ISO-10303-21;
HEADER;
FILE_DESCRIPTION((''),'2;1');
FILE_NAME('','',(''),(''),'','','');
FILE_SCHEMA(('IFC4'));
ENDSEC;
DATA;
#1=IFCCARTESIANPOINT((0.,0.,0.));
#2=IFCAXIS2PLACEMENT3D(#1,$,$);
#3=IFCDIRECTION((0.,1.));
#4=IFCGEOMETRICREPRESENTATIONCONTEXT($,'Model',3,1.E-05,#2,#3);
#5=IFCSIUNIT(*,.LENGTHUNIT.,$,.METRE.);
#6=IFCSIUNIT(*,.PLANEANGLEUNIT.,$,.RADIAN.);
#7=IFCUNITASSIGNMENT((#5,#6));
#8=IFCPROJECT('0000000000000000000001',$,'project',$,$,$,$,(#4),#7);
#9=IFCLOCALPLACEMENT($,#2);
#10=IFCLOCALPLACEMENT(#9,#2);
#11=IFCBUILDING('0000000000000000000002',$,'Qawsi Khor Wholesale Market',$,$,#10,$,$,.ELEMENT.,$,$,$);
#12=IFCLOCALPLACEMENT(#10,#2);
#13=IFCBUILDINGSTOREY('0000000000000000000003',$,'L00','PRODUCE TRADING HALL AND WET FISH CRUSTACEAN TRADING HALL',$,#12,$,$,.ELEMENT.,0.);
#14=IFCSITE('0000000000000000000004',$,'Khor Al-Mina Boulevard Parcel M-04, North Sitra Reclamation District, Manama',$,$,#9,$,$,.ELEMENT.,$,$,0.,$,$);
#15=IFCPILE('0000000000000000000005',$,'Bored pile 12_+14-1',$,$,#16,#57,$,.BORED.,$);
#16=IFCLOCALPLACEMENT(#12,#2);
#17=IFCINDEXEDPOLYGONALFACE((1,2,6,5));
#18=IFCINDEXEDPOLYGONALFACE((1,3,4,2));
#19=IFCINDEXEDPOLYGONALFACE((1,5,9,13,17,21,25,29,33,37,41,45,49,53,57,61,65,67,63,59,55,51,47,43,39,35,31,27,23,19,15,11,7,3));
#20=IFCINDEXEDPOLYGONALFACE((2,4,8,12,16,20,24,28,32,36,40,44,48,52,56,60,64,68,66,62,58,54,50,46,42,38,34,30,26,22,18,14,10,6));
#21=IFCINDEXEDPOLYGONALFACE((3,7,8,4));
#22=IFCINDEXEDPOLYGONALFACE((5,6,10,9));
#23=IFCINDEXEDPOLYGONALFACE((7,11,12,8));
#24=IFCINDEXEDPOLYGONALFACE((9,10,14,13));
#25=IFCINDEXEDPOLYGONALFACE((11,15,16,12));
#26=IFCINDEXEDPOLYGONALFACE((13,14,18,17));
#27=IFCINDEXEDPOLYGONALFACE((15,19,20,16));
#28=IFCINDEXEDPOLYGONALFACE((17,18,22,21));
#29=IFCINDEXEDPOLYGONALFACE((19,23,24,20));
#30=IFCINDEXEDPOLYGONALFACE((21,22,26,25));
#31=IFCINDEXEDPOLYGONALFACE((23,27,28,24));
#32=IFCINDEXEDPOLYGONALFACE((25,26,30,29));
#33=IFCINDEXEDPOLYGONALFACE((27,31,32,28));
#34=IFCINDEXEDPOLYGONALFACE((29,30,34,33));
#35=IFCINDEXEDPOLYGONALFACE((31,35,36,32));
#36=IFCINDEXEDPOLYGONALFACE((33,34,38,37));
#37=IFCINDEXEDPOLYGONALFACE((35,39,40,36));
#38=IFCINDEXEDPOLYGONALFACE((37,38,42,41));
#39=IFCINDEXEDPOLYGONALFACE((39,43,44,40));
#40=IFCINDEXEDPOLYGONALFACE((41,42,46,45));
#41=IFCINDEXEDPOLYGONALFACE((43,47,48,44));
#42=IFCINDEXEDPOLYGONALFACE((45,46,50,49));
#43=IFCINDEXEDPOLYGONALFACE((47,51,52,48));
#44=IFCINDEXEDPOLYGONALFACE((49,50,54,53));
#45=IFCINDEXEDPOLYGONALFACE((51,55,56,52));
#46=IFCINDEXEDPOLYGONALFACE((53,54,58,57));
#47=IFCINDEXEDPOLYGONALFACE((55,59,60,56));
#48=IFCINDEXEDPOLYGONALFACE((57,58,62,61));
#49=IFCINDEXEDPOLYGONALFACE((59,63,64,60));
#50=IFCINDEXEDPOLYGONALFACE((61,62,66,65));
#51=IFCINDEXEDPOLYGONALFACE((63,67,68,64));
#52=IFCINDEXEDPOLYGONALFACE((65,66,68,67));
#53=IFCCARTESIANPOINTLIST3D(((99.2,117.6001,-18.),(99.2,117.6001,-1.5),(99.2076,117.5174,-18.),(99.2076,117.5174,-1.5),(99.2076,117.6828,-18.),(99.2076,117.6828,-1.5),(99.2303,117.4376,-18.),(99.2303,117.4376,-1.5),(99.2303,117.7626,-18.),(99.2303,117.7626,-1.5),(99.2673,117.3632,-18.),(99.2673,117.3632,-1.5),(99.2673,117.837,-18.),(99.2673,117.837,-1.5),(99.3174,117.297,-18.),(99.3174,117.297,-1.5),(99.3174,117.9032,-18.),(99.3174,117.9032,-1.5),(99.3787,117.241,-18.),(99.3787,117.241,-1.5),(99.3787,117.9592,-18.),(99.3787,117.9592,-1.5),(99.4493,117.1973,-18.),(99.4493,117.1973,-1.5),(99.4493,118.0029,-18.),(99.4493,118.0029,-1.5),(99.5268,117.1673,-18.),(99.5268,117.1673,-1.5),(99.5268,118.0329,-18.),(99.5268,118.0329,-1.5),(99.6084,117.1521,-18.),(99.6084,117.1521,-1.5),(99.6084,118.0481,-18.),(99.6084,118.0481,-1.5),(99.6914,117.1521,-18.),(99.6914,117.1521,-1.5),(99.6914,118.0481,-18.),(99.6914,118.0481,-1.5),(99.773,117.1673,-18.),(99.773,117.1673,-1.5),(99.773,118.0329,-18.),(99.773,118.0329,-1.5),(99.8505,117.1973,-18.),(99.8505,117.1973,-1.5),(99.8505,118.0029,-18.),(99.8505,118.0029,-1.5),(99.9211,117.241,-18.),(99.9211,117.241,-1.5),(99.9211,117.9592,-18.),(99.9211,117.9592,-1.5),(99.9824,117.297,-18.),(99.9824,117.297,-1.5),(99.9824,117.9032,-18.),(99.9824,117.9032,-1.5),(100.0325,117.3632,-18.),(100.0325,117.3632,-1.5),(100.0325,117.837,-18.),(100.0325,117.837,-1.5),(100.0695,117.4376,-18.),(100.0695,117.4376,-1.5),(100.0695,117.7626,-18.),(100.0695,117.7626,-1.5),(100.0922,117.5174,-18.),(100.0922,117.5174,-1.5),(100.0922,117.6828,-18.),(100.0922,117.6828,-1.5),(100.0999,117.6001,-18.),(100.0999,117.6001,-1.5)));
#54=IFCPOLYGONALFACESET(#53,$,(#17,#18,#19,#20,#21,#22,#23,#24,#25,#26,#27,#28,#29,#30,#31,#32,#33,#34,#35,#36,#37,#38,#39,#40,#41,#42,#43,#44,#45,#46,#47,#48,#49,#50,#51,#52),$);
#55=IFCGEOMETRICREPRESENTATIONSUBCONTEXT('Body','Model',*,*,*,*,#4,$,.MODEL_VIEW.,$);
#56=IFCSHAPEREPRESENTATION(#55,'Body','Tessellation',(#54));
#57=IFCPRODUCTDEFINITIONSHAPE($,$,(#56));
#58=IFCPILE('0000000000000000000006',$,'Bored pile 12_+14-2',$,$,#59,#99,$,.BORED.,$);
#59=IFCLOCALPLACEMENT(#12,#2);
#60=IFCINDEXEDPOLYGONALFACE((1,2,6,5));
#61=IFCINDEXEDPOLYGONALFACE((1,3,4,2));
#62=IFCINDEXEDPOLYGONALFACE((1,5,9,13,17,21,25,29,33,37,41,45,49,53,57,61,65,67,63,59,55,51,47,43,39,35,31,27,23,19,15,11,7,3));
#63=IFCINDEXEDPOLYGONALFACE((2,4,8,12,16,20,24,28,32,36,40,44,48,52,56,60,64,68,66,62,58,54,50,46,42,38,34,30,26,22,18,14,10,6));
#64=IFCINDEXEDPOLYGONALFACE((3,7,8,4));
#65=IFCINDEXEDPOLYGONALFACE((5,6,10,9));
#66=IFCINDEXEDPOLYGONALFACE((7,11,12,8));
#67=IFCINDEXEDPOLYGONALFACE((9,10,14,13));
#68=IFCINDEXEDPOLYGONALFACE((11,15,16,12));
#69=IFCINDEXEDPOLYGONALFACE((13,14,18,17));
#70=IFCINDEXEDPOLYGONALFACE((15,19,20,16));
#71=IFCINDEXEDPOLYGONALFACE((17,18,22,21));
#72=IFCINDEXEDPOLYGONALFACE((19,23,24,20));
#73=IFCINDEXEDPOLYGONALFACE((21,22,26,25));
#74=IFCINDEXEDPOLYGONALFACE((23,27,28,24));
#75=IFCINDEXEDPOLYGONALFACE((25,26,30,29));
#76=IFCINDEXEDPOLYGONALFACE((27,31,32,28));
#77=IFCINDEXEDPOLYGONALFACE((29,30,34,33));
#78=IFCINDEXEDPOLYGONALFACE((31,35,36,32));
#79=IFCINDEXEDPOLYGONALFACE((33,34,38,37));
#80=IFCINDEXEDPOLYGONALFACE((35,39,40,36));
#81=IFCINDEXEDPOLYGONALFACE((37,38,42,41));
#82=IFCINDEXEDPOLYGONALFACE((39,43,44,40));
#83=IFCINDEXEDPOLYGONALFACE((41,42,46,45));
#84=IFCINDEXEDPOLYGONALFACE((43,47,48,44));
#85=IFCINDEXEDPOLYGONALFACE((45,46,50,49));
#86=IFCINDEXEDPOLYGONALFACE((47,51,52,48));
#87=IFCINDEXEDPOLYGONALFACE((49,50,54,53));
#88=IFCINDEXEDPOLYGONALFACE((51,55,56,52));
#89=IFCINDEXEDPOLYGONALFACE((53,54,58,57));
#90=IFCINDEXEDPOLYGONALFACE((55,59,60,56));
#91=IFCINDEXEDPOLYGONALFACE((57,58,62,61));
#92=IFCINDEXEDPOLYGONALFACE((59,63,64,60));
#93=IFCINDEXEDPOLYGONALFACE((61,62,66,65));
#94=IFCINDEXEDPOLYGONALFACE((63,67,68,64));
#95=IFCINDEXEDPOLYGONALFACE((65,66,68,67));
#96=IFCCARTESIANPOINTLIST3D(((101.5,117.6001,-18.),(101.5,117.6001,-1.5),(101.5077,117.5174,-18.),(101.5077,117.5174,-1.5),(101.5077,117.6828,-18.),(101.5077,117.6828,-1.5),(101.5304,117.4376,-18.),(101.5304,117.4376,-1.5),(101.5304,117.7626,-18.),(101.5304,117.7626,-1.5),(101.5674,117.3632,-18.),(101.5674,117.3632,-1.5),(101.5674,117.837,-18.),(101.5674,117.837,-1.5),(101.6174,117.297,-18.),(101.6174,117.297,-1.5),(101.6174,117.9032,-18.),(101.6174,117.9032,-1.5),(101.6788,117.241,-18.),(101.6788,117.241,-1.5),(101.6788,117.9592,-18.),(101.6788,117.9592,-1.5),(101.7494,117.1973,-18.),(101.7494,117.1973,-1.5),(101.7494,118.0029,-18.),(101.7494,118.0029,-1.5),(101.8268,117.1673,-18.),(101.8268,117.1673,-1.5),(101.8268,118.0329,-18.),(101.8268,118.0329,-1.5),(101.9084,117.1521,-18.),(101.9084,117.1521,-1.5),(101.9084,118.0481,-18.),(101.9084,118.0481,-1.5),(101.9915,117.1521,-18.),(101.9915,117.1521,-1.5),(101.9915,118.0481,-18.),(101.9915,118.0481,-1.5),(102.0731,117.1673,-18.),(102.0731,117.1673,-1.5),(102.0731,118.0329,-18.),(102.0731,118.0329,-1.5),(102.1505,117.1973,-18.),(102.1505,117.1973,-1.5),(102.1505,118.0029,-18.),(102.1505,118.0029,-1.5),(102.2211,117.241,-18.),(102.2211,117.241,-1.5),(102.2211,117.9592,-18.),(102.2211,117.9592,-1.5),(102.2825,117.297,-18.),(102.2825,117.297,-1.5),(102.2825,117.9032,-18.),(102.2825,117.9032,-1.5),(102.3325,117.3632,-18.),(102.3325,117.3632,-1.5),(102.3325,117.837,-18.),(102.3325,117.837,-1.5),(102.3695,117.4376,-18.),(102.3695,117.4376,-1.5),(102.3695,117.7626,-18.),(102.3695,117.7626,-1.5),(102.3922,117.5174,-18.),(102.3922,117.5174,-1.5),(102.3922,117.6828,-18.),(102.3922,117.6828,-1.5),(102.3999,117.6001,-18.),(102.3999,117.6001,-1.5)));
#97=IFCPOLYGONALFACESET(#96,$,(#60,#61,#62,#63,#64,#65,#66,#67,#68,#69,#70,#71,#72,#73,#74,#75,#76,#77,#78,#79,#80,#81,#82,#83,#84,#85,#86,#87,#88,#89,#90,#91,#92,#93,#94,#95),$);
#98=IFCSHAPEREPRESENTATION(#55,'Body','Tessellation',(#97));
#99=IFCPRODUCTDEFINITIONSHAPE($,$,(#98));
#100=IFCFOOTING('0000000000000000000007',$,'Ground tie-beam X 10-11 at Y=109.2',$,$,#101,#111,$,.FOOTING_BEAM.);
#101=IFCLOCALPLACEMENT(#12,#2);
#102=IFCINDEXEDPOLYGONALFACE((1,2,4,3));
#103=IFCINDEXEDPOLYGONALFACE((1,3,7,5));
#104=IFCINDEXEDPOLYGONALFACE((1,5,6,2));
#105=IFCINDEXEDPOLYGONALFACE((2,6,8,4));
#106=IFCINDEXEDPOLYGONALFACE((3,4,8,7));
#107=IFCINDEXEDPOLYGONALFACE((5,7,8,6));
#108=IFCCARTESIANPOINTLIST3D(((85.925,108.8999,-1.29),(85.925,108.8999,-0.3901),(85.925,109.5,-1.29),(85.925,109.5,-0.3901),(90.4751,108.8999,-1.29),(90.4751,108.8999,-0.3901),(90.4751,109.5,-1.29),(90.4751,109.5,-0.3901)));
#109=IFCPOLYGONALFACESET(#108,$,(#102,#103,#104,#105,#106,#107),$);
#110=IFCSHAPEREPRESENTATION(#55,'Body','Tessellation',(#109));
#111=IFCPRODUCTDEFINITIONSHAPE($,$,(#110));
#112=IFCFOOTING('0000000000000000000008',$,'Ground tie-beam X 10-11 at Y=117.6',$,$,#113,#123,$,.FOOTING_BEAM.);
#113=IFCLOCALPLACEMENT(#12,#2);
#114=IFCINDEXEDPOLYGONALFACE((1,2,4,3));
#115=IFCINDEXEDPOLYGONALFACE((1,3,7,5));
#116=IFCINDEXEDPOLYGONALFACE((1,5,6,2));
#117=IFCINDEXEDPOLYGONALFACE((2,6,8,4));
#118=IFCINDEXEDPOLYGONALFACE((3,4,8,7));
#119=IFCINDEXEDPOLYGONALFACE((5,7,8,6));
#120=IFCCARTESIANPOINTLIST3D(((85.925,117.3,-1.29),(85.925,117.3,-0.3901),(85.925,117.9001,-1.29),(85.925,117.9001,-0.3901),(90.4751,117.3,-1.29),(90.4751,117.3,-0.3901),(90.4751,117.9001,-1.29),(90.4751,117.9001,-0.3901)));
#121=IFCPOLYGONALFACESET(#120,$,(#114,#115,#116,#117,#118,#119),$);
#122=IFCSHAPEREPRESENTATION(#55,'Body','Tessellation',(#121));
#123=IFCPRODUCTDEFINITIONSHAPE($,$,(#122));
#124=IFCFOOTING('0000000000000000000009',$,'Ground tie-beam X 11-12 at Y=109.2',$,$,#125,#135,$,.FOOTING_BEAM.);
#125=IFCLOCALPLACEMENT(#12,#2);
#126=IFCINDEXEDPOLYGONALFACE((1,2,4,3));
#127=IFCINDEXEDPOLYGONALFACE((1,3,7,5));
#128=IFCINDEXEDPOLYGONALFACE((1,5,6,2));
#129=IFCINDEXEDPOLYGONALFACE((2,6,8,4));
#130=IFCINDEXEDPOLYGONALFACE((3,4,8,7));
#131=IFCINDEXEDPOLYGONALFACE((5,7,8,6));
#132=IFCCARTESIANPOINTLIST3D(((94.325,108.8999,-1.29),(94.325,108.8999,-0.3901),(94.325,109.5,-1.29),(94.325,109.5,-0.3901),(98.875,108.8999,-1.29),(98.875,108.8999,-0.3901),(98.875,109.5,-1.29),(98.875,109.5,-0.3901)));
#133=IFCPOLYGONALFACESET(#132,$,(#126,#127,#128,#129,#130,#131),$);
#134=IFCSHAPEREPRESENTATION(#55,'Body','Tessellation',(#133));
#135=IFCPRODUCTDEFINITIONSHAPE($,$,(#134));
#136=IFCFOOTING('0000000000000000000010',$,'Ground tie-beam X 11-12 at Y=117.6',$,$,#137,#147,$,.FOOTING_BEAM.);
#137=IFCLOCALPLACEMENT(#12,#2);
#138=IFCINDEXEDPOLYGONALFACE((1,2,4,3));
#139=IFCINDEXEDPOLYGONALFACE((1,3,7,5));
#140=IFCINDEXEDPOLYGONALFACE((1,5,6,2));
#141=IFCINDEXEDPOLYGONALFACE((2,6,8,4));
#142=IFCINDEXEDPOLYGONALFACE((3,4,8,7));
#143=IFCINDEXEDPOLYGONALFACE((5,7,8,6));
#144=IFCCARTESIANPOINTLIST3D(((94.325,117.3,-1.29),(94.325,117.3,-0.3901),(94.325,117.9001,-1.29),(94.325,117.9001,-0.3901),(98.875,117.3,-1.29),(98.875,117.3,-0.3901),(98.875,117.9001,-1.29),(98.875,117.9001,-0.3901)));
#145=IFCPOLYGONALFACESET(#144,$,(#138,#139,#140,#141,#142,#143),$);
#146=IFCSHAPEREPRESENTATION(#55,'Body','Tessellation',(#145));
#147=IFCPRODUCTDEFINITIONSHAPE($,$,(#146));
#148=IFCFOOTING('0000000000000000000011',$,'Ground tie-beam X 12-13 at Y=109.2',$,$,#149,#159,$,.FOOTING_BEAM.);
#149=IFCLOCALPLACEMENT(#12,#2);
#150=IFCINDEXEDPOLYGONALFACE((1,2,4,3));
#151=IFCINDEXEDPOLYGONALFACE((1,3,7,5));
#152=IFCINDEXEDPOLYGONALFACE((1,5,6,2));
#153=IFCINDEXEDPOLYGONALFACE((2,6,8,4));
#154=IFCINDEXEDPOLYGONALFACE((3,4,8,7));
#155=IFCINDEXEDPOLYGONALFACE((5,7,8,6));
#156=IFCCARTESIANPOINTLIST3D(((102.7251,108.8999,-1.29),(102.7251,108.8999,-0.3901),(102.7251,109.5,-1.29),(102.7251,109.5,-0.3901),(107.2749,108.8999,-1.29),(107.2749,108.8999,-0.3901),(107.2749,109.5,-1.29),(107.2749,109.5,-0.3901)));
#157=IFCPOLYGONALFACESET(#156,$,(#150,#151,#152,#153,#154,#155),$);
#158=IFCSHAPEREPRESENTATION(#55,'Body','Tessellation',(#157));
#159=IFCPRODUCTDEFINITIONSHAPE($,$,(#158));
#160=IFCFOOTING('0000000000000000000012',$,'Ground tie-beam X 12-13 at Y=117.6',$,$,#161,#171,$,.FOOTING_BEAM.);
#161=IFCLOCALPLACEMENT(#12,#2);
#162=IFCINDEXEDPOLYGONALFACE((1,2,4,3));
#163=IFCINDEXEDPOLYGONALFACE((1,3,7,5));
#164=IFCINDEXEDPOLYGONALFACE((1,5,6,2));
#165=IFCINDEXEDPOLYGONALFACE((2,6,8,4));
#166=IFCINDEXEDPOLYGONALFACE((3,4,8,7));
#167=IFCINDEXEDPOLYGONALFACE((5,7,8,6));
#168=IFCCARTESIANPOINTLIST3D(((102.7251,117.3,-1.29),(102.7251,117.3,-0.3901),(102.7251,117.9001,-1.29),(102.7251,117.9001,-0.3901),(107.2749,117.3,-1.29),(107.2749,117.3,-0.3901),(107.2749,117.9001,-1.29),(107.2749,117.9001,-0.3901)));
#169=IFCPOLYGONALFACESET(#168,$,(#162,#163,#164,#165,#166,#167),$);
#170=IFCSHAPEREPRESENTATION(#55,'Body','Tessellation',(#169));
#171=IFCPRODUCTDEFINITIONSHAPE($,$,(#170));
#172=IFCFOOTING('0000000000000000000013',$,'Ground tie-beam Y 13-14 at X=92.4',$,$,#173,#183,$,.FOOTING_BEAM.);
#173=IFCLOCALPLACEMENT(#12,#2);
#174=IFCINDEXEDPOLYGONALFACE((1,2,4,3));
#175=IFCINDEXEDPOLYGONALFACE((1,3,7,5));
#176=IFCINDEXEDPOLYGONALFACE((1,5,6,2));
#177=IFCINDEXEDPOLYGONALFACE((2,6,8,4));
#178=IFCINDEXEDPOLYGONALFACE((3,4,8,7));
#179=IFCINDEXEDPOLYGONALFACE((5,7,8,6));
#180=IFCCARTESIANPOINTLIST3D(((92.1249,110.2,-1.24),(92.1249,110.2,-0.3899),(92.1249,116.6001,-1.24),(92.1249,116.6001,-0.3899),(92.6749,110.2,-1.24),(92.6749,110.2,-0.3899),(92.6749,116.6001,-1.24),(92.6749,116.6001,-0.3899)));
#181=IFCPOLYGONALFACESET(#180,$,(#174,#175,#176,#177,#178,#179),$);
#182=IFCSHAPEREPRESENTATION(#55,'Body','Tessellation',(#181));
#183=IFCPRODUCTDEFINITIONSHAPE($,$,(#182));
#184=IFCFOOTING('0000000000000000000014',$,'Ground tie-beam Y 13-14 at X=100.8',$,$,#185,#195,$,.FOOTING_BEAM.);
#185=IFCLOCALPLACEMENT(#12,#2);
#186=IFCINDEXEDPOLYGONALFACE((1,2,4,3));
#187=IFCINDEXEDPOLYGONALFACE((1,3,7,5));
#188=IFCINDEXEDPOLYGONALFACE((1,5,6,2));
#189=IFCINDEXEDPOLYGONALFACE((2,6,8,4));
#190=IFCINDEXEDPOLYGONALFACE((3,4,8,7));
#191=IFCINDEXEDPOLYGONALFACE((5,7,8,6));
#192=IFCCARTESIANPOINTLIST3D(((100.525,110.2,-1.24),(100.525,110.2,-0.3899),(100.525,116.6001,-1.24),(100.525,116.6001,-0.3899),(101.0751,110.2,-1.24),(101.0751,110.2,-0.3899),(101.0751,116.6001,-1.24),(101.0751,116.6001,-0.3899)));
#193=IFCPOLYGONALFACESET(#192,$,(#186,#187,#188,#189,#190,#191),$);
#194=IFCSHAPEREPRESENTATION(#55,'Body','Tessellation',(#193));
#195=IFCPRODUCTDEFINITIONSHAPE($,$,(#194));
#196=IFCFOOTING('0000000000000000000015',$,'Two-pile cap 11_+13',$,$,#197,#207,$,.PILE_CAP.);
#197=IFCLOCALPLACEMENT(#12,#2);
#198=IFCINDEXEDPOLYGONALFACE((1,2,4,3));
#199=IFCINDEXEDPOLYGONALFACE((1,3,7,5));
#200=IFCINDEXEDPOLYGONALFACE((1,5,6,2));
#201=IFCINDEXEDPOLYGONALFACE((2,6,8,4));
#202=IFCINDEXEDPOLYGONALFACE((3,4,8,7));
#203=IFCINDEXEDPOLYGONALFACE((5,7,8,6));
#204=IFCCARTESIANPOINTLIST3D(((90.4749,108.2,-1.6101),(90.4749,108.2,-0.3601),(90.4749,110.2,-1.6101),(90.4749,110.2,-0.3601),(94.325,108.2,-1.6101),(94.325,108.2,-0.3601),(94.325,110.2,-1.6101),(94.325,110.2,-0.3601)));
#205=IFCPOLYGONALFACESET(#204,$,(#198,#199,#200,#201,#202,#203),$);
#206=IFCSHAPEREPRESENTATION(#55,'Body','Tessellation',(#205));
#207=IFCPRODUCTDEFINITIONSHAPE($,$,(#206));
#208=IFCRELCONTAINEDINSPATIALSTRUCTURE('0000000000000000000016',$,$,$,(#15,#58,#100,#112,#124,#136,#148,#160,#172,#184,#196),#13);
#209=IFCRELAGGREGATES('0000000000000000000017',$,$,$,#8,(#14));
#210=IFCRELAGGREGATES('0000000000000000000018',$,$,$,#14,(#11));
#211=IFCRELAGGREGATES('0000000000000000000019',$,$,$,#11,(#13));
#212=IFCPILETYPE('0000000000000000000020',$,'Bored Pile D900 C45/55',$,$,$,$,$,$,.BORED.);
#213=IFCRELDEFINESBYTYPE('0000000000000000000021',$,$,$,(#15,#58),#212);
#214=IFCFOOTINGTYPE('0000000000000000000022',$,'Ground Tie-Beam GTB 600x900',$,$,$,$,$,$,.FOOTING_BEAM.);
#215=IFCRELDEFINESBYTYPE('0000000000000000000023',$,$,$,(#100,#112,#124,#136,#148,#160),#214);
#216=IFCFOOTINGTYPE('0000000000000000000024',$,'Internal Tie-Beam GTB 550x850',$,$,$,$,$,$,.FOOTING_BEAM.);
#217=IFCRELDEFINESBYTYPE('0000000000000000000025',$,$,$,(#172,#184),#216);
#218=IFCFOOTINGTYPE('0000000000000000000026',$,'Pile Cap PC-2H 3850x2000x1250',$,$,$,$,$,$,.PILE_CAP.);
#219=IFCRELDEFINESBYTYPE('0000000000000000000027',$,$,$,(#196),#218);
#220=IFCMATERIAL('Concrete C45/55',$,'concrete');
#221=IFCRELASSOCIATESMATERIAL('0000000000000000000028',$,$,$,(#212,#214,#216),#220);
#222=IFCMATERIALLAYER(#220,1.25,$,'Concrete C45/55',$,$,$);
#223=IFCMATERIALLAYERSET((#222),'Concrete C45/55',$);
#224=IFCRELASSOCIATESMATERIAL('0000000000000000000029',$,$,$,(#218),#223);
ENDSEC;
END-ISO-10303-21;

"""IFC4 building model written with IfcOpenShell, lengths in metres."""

from ifc_helpers import new_model, si_unit, direction, frame, origin, origin_2d, place, context, subcontext, project, spatial, rectangle, circle, extrude, material, layer, layer_set, material_profile, profile_set, type_object, element, save


model = new_model("IFC4")

# Units and contexts
model_context = context("Model", 3, precision=1e-05, world=origin(), true_north=direction((0.0, 1.0)))
body_context = subcontext(model_context, "Body", "Model", "MODEL_VIEW")
ifc_project = project(units=[si_unit("LENGTHUNIT", "METRE"), si_unit("PLANEANGLEUNIT", "RADIAN")], contexts=[model_context])

# Site, building, storey
site_placement = place(None, origin())
site = spatial("IfcSite", under=ifc_project, at=site_placement, Name="Khor Al-Mina Boulevard Parcel M-04, North Sitra Reclamation District, Manama", CompositionType="ELEMENT", RefElevation=0.0)
building_placement = place(site_placement, origin())
building = spatial("IfcBuilding", under=site, at=building_placement, Name="Qawsi Khor Wholesale Market", CompositionType="ELEMENT")
storey_placement = place(building_placement, origin())
storey = spatial("IfcBuildingStorey", under=building, at=storey_placement, Name="L00", Description="PRODUCE TRADING HALL AND WET FISH CRUSTACEAN TRADING HALL", CompositionType="ELEMENT", Elevation=0.0)

# Piles
ifc_material_1 = material(Name="Concrete C45/55", Category="concrete")
ifc_material_profile_1 = material_profile(ifc_material_1, circle(Radius=0.45, at=origin_2d()), Name="PILE D900")
ifc_profile_set_1 = profile_set([ifc_material_profile_1], Name="Concrete C45/55")
pile_type = type_object("IfcPileType", Name="Bored Pile D900 C45/55", PredefinedType="BORED", material=ifc_profile_set_1)
for number, where, z_axis, x_axis, name in (
    (1, (99.6499, 117.6001, -1.5), (0.0, 0.0, -1.0), (1.0, 0.0, 0.0), "Bored pile 12_+14-1"),
    (2, (101.95, 117.6001, -1.5), (0.0, 0.0, -1.0), (1.0, 0.0, 0.0), "Bored pile 12_+14-2"),
):
    element("IfcPile", number, at=place(storey_placement, frame(where, z_axis=z_axis, x_axis=x_axis)), inside=storey, type_object=pile_type, Name=name, PredefinedType="BORED", context=body_context, shape_type="SweptSolid", body=[
        extrude(circle(Radius=0.45, at=origin_2d()), origin(), (0.0, 0.0, 1.0), 16.5),
    ])

# Footings
ifc_material_profile_2 = material_profile(ifc_material_1, rectangle(XDim=0.6001, YDim=0.8999, at=origin_2d()), Name="RC 600x900")
ifc_profile_set_2 = profile_set([ifc_material_profile_2], Name="Concrete C45/55")
footing_type_1 = type_object("IfcFootingType", Name="Ground Tie-Beam GTB 600x900", PredefinedType="FOOTING_BEAM", material=ifc_profile_set_2)
for number, where, z_axis, x_axis, name in (
    (3, (85.925, 109.2, -0.8401), (1.0, 0.0, 0.0), (0.0, 1.0, 0.0), "Ground tie-beam X 10-11 at Y=109.2"),
    (4, (85.925, 117.6001, -0.8401), (1.0, 0.0, 0.0), (0.0, 1.0, 0.0), "Ground tie-beam X 10-11 at Y=117.6"),
    (5, (94.325, 109.2, -0.8401), (1.0, 0.0, 0.0), (0.0, 1.0, 0.0), "Ground tie-beam X 11-12 at Y=109.2"),
    (6, (94.325, 117.6001, -0.8401), (1.0, 0.0, 0.0), (0.0, 1.0, 0.0), "Ground tie-beam X 11-12 at Y=117.6"),
):
    element("IfcFooting", number, at=place(storey_placement, frame(where, z_axis=z_axis, x_axis=x_axis)), inside=storey, type_object=footing_type_1, Name=name, PredefinedType="FOOTING_BEAM", context=body_context, shape_type="SweptSolid", body=[
        extrude(rectangle(XDim=0.6001, YDim=0.8999, at=origin_2d()), origin(), (0.0, 0.0, 1.0), 4.55),
    ])
for number, where, z_axis, x_axis, name in (
    (7, (102.7251, 109.2, -0.8401), (1.0, 0.0, 0.0), (0.0, 1.0, 0.0), "Ground tie-beam X 12-13 at Y=109.2"),
    (8, (102.7251, 117.6001, -0.8401), (1.0, 0.0, 0.0), (0.0, 1.0, 0.0), "Ground tie-beam X 12-13 at Y=117.6"),
):
    element("IfcFooting", number, at=place(storey_placement, frame(where, z_axis=z_axis, x_axis=x_axis)), inside=storey, type_object=footing_type_1, Name=name, PredefinedType="FOOTING_BEAM", context=body_context, shape_type="SweptSolid", body=[
        extrude(rectangle(XDim=0.6001, YDim=0.8999, at=origin_2d()), origin(), (0.0, 0.0, 1.0), 4.5498),
    ])
ifc_material_profile_3 = material_profile(ifc_material_1, rectangle(XDim=0.55, YDim=0.8501, at=origin_2d()), Name="RC 550x850")
ifc_profile_set_3 = profile_set([ifc_material_profile_3], Name="Concrete C45/55")
footing_type_2 = type_object("IfcFootingType", Name="Internal Tie-Beam GTB 550x850", PredefinedType="FOOTING_BEAM", material=ifc_profile_set_3)
for number, where, z_axis, x_axis, name in (
    (9, (92.3999, 110.2, -0.8149), (0.0, 1.0, 0.0), (-1.0, 0.0, 0.0), "Ground tie-beam Y 13-14 at X=92.4"),
    (10, (100.8, 110.2, -0.8149), (0.0, 1.0, 0.0), (-1.0, 0.0, 0.0), "Ground tie-beam Y 13-14 at X=100.8"),
):
    element("IfcFooting", number, at=place(storey_placement, frame(where, z_axis=z_axis, x_axis=x_axis)), inside=storey, type_object=footing_type_2, Name=name, PredefinedType="FOOTING_BEAM", context=body_context, shape_type="SweptSolid", body=[
        extrude(rectangle(XDim=0.55, YDim=0.8501, at=origin_2d()), origin(), (0.0, 0.0, 1.0), 6.4001),
    ])
ifc_layer_1 = layer(ifc_material_1, 1.25, Name="Concrete C45/55")
ifc_layer_set_1 = layer_set([ifc_layer_1], Name="Concrete C45/55")
footing_type_3 = type_object("IfcFootingType", Name="Pile Cap PC-2H 3850x2000x1250", PredefinedType="PILE_CAP", material=ifc_layer_set_1)
for number, where, z_axis, x_axis, name in (
    (11, (92.3999, 109.2, -1.6101), (0.0, 0.0, 1.0), (1.0, 0.0, 0.0), "Two-pile cap 11_+13"),
):
    element("IfcFooting", number, at=place(storey_placement, frame(where, z_axis=z_axis, x_axis=x_axis)), inside=storey, type_object=footing_type_3, Name=name, PredefinedType="PILE_CAP", context=body_context, shape_type="SweptSolid", body=[
        extrude(rectangle(XDim=3.8501, YDim=2.0, at=origin_2d()), origin(), (0.0, 0.0, 1.0), 1.25),
    ])

save(model, "model.ifc")
